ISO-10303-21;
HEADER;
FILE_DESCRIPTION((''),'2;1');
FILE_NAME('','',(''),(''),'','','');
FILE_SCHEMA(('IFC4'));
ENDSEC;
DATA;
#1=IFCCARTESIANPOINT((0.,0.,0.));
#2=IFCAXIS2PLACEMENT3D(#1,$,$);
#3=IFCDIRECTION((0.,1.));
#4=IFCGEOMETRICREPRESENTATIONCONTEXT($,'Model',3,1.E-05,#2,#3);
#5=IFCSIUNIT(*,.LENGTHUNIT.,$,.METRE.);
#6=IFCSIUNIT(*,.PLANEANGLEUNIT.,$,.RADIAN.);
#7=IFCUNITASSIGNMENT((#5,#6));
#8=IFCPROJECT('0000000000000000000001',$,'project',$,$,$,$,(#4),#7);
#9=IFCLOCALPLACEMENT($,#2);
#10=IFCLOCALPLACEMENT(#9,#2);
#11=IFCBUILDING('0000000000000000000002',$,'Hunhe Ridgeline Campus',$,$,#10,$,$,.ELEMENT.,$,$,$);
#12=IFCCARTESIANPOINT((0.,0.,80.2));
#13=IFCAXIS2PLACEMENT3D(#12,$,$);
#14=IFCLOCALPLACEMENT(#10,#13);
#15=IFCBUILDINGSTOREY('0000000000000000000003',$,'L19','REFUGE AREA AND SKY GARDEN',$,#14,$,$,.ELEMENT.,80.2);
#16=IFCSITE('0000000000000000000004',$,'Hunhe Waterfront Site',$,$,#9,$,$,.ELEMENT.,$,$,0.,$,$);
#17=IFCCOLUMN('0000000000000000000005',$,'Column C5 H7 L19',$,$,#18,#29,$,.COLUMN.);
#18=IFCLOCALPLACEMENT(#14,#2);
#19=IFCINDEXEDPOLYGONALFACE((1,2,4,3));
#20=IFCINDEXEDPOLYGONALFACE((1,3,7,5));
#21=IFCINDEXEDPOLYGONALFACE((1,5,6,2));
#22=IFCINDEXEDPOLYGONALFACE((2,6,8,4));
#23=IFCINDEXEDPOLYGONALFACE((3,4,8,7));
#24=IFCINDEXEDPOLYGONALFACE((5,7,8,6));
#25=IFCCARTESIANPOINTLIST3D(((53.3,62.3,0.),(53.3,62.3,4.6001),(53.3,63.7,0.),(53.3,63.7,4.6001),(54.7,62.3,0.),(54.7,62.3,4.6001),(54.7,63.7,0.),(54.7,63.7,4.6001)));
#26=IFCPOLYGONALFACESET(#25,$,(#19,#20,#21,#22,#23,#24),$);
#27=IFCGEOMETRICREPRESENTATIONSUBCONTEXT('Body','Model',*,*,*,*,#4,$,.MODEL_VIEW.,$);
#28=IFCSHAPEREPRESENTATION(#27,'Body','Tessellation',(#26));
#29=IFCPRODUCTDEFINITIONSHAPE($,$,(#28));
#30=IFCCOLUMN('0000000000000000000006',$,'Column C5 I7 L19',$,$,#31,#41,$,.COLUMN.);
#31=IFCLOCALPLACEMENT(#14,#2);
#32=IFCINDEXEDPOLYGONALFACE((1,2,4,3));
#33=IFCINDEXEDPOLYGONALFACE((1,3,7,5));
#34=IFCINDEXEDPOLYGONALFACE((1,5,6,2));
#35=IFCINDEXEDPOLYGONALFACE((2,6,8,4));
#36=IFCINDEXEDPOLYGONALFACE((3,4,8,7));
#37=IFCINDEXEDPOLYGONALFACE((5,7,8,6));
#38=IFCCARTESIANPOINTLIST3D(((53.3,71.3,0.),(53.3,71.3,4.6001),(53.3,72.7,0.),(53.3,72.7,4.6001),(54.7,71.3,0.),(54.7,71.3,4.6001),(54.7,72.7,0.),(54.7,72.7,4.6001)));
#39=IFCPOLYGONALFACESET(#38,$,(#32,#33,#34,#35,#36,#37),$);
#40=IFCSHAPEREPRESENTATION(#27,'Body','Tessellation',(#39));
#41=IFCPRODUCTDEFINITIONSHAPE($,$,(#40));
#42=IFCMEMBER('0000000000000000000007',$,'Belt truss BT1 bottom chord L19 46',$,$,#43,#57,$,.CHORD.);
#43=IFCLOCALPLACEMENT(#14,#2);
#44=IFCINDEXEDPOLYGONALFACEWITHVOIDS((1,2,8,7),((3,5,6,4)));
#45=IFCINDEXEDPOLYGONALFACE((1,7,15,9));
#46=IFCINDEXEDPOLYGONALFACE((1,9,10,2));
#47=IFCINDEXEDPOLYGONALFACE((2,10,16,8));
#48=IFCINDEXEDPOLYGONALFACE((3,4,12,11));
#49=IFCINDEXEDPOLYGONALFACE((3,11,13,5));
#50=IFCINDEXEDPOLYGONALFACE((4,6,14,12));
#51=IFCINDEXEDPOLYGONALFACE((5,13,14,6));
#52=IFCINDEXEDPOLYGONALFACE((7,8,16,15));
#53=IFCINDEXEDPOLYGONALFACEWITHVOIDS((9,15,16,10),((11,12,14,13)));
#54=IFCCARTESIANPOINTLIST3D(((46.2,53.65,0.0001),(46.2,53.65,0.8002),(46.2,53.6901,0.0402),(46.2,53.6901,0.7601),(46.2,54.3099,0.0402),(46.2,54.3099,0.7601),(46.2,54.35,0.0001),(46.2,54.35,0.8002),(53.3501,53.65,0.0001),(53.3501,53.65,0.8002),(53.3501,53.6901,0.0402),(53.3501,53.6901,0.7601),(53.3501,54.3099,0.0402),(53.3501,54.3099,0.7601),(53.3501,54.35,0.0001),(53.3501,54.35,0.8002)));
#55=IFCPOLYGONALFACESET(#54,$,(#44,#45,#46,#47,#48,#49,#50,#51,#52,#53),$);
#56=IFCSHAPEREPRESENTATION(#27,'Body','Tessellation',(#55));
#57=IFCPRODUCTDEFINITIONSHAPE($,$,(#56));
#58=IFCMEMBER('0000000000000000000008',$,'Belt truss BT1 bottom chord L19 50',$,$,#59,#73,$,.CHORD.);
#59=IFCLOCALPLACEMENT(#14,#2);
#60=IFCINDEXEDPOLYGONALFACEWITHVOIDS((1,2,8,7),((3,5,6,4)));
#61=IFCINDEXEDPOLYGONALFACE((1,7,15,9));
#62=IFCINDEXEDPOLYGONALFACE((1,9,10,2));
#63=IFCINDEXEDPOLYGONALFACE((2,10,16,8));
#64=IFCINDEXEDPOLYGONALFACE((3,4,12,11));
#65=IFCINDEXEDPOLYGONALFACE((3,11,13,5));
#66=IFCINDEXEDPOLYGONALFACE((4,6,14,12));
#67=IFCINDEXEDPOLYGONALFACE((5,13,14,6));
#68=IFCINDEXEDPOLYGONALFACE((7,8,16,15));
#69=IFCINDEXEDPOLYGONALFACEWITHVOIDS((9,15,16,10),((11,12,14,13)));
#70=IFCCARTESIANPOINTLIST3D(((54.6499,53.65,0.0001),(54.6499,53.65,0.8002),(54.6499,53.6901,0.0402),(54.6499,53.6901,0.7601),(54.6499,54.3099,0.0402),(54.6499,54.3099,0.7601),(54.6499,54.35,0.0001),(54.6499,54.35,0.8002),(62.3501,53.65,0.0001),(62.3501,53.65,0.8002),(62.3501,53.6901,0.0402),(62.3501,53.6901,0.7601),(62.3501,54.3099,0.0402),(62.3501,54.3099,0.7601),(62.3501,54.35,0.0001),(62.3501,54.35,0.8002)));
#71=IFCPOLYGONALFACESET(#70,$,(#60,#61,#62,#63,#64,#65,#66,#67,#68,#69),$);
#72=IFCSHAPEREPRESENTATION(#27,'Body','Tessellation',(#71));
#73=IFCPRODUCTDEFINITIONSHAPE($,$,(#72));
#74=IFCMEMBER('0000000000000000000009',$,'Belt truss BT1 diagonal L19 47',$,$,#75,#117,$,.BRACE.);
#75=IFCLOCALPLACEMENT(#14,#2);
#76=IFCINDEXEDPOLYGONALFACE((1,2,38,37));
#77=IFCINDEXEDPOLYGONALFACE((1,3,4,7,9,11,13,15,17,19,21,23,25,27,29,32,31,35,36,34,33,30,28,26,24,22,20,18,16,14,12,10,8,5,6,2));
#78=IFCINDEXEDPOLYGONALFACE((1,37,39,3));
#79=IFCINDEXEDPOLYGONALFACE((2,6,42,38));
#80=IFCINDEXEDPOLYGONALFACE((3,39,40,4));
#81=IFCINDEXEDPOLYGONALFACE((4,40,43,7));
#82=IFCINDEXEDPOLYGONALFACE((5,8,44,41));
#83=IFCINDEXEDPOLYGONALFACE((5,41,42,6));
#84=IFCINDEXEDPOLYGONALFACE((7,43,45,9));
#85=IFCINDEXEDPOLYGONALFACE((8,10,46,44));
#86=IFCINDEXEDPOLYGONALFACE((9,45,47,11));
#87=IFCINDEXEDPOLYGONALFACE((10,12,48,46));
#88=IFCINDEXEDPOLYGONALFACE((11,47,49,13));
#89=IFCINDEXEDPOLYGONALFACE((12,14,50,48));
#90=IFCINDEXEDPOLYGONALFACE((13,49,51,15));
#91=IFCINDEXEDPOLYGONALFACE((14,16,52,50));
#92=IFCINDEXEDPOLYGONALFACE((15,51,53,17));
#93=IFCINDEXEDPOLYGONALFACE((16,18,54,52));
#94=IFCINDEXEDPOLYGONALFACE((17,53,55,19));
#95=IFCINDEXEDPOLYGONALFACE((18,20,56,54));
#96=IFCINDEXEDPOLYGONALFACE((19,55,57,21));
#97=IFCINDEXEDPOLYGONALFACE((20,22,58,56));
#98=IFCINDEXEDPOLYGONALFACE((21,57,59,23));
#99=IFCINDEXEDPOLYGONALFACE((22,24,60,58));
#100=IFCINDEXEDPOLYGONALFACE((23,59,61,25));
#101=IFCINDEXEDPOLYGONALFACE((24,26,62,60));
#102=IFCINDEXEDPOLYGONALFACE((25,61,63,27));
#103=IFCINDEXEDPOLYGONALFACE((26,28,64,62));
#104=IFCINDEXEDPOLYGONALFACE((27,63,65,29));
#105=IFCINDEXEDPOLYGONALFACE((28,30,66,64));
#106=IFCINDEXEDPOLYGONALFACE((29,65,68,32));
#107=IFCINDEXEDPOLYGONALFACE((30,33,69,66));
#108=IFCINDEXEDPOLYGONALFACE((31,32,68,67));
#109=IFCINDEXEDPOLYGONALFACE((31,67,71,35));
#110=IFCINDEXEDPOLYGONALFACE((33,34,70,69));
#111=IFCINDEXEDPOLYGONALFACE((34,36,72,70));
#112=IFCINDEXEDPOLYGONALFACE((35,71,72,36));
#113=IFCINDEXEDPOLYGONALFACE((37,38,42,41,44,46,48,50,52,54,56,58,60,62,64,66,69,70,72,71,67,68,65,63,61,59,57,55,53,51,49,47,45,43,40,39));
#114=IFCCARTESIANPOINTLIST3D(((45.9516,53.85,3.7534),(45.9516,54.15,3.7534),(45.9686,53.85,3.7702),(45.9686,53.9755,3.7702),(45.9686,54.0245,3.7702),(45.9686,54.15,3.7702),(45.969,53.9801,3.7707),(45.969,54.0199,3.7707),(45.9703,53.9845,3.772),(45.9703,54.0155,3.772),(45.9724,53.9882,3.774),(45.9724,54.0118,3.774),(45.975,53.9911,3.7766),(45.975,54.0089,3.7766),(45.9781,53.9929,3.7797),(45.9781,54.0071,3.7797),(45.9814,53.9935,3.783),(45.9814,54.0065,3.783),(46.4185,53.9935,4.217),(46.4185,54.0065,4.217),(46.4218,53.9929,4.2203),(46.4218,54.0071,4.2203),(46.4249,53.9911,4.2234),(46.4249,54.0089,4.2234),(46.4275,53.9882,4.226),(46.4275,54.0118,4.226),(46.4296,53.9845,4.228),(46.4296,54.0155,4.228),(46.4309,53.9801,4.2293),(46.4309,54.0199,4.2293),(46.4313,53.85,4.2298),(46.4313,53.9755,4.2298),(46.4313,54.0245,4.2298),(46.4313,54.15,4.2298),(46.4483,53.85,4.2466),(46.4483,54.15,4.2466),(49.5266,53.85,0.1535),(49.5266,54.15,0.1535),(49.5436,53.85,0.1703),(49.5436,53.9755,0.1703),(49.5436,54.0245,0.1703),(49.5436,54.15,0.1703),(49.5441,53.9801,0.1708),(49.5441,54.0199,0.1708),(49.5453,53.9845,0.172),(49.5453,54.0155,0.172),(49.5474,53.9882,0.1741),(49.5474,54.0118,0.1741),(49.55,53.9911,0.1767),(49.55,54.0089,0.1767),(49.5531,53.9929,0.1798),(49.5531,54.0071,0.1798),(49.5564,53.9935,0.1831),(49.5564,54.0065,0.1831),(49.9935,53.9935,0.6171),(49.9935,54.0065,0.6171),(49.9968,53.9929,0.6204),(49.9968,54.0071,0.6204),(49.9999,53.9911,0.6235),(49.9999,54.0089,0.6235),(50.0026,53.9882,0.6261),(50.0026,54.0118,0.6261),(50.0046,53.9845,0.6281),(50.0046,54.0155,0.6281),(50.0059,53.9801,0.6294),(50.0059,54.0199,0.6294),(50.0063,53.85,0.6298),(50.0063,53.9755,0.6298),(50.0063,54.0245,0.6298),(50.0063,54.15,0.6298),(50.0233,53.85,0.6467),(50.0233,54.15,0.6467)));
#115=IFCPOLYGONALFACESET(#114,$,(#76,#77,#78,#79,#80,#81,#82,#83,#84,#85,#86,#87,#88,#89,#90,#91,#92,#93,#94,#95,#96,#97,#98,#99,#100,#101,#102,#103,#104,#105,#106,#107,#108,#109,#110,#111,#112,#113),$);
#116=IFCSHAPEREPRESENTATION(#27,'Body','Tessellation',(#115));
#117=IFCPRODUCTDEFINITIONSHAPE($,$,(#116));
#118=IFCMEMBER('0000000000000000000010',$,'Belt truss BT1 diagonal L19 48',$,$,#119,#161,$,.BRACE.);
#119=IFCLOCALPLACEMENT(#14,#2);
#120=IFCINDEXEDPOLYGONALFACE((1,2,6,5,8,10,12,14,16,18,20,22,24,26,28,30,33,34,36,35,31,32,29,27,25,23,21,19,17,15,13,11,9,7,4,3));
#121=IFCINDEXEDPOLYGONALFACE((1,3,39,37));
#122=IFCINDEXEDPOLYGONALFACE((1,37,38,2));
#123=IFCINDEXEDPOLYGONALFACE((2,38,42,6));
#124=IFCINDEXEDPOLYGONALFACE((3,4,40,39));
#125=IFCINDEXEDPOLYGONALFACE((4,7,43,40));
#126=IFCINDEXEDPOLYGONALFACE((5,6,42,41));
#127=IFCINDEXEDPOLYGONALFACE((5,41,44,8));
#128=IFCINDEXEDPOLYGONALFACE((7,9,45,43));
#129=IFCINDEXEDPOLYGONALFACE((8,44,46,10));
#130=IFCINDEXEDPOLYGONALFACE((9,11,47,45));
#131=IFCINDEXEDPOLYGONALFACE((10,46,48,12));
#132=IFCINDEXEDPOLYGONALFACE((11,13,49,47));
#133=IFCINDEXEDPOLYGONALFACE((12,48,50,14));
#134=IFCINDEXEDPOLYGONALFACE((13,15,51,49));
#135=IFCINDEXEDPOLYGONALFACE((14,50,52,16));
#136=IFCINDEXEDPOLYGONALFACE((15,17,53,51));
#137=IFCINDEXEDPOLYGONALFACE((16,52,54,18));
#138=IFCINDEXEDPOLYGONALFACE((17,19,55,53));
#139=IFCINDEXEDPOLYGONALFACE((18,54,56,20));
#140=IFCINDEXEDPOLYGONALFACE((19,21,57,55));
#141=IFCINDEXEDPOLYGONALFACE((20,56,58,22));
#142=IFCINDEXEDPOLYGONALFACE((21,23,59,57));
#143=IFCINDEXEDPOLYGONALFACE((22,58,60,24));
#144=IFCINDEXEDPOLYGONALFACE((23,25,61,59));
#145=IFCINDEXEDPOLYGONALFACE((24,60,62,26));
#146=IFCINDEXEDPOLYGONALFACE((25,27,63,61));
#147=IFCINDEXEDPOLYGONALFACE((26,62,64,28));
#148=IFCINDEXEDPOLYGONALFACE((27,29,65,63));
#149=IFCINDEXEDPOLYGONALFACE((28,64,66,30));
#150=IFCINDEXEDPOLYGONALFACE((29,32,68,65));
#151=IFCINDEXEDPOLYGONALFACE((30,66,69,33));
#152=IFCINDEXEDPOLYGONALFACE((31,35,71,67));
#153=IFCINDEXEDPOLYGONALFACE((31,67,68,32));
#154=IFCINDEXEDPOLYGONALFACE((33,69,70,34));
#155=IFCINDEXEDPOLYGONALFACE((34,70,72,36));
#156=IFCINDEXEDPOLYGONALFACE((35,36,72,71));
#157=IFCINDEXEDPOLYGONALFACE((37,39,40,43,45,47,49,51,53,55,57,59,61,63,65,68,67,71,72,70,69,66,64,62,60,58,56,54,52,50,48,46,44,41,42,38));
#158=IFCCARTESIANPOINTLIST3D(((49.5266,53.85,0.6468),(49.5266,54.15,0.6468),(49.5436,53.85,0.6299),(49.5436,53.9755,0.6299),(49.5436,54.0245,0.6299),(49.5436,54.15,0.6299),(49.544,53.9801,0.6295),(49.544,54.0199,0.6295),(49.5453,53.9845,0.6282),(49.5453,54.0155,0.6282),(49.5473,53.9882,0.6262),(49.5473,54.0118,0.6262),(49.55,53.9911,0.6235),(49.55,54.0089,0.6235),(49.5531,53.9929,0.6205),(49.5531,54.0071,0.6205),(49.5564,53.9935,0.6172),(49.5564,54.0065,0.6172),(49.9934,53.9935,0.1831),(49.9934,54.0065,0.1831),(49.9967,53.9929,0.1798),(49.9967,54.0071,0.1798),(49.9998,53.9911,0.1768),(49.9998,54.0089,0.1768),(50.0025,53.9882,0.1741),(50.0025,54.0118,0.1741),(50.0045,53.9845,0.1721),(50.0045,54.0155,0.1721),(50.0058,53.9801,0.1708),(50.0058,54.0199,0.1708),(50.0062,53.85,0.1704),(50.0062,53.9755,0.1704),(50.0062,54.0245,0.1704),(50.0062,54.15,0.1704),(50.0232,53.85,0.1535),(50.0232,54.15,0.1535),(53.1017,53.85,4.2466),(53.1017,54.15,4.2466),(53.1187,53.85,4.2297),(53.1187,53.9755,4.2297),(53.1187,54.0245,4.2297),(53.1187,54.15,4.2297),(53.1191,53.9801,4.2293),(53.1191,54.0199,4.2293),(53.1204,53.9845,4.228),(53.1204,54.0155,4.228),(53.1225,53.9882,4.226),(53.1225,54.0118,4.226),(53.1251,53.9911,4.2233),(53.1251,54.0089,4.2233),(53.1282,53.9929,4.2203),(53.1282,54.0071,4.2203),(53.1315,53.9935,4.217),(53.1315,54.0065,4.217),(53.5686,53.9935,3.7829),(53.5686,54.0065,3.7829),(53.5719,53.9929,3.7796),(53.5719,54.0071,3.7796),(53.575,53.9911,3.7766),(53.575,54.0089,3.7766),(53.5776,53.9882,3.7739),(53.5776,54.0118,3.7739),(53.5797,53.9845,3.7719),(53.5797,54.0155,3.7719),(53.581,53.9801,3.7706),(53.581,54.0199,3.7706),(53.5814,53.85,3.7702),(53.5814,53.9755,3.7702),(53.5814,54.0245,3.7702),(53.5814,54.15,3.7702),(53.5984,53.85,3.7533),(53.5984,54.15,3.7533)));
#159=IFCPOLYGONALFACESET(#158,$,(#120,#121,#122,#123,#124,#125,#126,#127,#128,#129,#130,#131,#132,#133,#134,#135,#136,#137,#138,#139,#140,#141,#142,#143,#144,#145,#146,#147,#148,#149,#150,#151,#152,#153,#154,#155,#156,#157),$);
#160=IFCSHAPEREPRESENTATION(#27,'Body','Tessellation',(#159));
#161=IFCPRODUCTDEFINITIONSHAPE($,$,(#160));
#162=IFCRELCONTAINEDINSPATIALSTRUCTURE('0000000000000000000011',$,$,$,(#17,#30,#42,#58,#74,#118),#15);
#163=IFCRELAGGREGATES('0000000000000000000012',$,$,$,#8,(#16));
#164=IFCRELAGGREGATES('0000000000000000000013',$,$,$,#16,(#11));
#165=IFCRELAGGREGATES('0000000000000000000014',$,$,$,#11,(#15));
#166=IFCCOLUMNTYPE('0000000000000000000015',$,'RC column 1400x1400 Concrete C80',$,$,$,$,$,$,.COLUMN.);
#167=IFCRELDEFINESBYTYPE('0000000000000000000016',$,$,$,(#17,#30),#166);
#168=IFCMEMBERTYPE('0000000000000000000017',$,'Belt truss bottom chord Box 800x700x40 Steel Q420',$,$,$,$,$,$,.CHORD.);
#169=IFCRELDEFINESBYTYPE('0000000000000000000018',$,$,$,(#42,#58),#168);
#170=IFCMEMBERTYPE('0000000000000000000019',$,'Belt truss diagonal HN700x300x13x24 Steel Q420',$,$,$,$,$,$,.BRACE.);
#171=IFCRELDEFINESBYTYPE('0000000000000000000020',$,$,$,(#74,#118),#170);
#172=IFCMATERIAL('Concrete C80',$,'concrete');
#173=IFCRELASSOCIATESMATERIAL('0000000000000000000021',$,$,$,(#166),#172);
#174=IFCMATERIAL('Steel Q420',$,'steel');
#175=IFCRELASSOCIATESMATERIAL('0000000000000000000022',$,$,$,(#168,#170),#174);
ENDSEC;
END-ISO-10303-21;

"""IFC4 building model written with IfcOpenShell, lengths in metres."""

from ifc_helpers import new_model, si_unit, direction, frame, origin, origin_2d, place, context, subcontext, project, spatial, rectangle, hollow_rectangle, i_section, extrude, material, material_profile, profile_set, type_object, element, save


model = new_model("IFC4")

# Units and contexts
model_context = context("Model", 3, precision=1e-05, world=origin(), true_north=direction((0.0, 1.0)))
body_context = subcontext(model_context, "Body", "Model", "MODEL_VIEW")
ifc_project = project(units=[si_unit("LENGTHUNIT", "METRE"), si_unit("PLANEANGLEUNIT", "RADIAN")], contexts=[model_context])

# Site, building, storey
site_placement = place(None, origin())
site = spatial("IfcSite", under=ifc_project, at=site_placement, Name="Hunhe Waterfront Site", CompositionType="ELEMENT", RefElevation=0.0)
building_placement = place(site_placement, origin())
building = spatial("IfcBuilding", under=site, at=building_placement, Name="Hunhe Ridgeline Campus", CompositionType="ELEMENT")
storey_placement = place(building_placement, frame((0.0, 0.0, 80.2)))
storey = spatial("IfcBuildingStorey", under=building, at=storey_placement, Name="L19", Description="REFUGE AREA AND SKY GARDEN", CompositionType="ELEMENT", Elevation=80.2)

# Columns
ifc_material_1 = material(Name="Concrete C80", Category="concrete")
ifc_material_profile_1 = material_profile(ifc_material_1, rectangle(XDim=1.3999, YDim=1.3999, at=origin_2d()))
ifc_profile_set_1 = profile_set([ifc_material_profile_1], Name="Concrete C80")
column_type = type_object("IfcColumnType", Name="RC column 1400x1400 Concrete C80", PredefinedType="COLUMN", material=ifc_profile_set_1)
for number, where, z_axis, x_axis, name in (
    (1, (54.0, 63.0, 0.0), (0.0, 0.0, 1.0), (1.0, 0.0, 0.0), "Column C5 H7 L19"),
    (2, (54.0, 72.0, 0.0), (0.0, 0.0, 1.0), (1.0, 0.0, 0.0), "Column C5 I7 L19"),
):
    element("IfcColumn", number, at=place(storey_placement, frame(where, z_axis=z_axis, x_axis=x_axis)), inside=storey, type_object=column_type, Name=name, PredefinedType="COLUMN", context=body_context, shape_type="SweptSolid", body=[
        extrude(rectangle(XDim=1.3999, YDim=1.3999, at=origin_2d()), origin(), (0.0, 0.0, 1.0), 4.6001),
    ])

# Members
ifc_material_2 = material(Name="Steel Q420", Category="steel")
ifc_material_profile_2 = material_profile(ifc_material_2, hollow_rectangle(XDim=0.7, YDim=0.8, WallThickness=0.04, at=origin_2d()))
ifc_profile_set_2 = profile_set([ifc_material_profile_2], Name="Steel Q420")
member_type_1 = type_object("IfcMemberType", Name="Belt truss bottom chord Box 800x700x40 Steel Q420", PredefinedType="CHORD", material=ifc_profile_set_2)
member_1_placement = place(storey_placement, frame((46.2, 54.0, 0.4001), z_axis=(1.0, 0.0, 0.0), x_axis=(0.0, 1.0, 0.0)))
element("IfcMember", 3, at=member_1_placement, inside=storey, type_object=member_type_1, Name="Belt truss BT1 bottom chord L19 46", PredefinedType="CHORD", context=body_context, shape_type="SweptSolid", body=[
    extrude(hollow_rectangle(XDim=0.7, YDim=0.8, WallThickness=0.04, at=origin_2d()), origin(), (0.0, 0.0, 1.0), 7.1501),
])
member_2_placement = place(storey_placement, frame((54.6499, 54.0, 0.4001), z_axis=(1.0, 0.0, 0.0), x_axis=(0.0, 1.0, 0.0)))
element("IfcMember", 4, at=member_2_placement, inside=storey, type_object=member_type_1, Name="Belt truss BT1 bottom chord L19 50", PredefinedType="CHORD", context=body_context, shape_type="SweptSolid", body=[
    extrude(hollow_rectangle(XDim=0.7, YDim=0.8, WallThickness=0.04, at=origin_2d()), origin(), (0.0, 0.0, 1.0), 7.7002),
])
ifc_material_profile_3 = material_profile(ifc_material_2, i_section(OverallWidth=0.3, OverallDepth=0.7, WebThickness=0.0129, FlangeThickness=0.0239, FilletRadius=0.0181, at=origin_2d()))
ifc_profile_set_3 = profile_set([ifc_material_profile_3], Name="Steel Q420")
member_type_2 = type_object("IfcMemberType", Name="Belt truss diagonal HN700x300x13x24 Steel Q420", PredefinedType="BRACE", material=ifc_profile_set_3)
for number, where, z_axis, x_axis, name in (
    (5, (46.2, 54.0, 4.0), (0.704648, 0.0, -0.709557), (0.0, 1.0, 0.0), "Belt truss BT1 diagonal L19 47"),
    (6, (49.7749, 54.0, 0.4001), (0.704673, 0.0, 0.709533), (0.0, 1.0, 0.0), "Belt truss BT1 diagonal L19 48"),
):
    element("IfcMember", number, at=place(storey_placement, frame(where, z_axis=z_axis, x_axis=x_axis)), inside=storey, type_object=member_type_2, Name=name, PredefinedType="BRACE", context=body_context, shape_type="SweptSolid", body=[
        extrude(i_section(OverallWidth=0.3, OverallDepth=0.7, WebThickness=0.0129, FlangeThickness=0.0239, FilletRadius=0.0181, at=origin_2d()), origin(), (0.0, 0.0, 1.0), 5.0735),
    ])

save(model, "model.ifc")
